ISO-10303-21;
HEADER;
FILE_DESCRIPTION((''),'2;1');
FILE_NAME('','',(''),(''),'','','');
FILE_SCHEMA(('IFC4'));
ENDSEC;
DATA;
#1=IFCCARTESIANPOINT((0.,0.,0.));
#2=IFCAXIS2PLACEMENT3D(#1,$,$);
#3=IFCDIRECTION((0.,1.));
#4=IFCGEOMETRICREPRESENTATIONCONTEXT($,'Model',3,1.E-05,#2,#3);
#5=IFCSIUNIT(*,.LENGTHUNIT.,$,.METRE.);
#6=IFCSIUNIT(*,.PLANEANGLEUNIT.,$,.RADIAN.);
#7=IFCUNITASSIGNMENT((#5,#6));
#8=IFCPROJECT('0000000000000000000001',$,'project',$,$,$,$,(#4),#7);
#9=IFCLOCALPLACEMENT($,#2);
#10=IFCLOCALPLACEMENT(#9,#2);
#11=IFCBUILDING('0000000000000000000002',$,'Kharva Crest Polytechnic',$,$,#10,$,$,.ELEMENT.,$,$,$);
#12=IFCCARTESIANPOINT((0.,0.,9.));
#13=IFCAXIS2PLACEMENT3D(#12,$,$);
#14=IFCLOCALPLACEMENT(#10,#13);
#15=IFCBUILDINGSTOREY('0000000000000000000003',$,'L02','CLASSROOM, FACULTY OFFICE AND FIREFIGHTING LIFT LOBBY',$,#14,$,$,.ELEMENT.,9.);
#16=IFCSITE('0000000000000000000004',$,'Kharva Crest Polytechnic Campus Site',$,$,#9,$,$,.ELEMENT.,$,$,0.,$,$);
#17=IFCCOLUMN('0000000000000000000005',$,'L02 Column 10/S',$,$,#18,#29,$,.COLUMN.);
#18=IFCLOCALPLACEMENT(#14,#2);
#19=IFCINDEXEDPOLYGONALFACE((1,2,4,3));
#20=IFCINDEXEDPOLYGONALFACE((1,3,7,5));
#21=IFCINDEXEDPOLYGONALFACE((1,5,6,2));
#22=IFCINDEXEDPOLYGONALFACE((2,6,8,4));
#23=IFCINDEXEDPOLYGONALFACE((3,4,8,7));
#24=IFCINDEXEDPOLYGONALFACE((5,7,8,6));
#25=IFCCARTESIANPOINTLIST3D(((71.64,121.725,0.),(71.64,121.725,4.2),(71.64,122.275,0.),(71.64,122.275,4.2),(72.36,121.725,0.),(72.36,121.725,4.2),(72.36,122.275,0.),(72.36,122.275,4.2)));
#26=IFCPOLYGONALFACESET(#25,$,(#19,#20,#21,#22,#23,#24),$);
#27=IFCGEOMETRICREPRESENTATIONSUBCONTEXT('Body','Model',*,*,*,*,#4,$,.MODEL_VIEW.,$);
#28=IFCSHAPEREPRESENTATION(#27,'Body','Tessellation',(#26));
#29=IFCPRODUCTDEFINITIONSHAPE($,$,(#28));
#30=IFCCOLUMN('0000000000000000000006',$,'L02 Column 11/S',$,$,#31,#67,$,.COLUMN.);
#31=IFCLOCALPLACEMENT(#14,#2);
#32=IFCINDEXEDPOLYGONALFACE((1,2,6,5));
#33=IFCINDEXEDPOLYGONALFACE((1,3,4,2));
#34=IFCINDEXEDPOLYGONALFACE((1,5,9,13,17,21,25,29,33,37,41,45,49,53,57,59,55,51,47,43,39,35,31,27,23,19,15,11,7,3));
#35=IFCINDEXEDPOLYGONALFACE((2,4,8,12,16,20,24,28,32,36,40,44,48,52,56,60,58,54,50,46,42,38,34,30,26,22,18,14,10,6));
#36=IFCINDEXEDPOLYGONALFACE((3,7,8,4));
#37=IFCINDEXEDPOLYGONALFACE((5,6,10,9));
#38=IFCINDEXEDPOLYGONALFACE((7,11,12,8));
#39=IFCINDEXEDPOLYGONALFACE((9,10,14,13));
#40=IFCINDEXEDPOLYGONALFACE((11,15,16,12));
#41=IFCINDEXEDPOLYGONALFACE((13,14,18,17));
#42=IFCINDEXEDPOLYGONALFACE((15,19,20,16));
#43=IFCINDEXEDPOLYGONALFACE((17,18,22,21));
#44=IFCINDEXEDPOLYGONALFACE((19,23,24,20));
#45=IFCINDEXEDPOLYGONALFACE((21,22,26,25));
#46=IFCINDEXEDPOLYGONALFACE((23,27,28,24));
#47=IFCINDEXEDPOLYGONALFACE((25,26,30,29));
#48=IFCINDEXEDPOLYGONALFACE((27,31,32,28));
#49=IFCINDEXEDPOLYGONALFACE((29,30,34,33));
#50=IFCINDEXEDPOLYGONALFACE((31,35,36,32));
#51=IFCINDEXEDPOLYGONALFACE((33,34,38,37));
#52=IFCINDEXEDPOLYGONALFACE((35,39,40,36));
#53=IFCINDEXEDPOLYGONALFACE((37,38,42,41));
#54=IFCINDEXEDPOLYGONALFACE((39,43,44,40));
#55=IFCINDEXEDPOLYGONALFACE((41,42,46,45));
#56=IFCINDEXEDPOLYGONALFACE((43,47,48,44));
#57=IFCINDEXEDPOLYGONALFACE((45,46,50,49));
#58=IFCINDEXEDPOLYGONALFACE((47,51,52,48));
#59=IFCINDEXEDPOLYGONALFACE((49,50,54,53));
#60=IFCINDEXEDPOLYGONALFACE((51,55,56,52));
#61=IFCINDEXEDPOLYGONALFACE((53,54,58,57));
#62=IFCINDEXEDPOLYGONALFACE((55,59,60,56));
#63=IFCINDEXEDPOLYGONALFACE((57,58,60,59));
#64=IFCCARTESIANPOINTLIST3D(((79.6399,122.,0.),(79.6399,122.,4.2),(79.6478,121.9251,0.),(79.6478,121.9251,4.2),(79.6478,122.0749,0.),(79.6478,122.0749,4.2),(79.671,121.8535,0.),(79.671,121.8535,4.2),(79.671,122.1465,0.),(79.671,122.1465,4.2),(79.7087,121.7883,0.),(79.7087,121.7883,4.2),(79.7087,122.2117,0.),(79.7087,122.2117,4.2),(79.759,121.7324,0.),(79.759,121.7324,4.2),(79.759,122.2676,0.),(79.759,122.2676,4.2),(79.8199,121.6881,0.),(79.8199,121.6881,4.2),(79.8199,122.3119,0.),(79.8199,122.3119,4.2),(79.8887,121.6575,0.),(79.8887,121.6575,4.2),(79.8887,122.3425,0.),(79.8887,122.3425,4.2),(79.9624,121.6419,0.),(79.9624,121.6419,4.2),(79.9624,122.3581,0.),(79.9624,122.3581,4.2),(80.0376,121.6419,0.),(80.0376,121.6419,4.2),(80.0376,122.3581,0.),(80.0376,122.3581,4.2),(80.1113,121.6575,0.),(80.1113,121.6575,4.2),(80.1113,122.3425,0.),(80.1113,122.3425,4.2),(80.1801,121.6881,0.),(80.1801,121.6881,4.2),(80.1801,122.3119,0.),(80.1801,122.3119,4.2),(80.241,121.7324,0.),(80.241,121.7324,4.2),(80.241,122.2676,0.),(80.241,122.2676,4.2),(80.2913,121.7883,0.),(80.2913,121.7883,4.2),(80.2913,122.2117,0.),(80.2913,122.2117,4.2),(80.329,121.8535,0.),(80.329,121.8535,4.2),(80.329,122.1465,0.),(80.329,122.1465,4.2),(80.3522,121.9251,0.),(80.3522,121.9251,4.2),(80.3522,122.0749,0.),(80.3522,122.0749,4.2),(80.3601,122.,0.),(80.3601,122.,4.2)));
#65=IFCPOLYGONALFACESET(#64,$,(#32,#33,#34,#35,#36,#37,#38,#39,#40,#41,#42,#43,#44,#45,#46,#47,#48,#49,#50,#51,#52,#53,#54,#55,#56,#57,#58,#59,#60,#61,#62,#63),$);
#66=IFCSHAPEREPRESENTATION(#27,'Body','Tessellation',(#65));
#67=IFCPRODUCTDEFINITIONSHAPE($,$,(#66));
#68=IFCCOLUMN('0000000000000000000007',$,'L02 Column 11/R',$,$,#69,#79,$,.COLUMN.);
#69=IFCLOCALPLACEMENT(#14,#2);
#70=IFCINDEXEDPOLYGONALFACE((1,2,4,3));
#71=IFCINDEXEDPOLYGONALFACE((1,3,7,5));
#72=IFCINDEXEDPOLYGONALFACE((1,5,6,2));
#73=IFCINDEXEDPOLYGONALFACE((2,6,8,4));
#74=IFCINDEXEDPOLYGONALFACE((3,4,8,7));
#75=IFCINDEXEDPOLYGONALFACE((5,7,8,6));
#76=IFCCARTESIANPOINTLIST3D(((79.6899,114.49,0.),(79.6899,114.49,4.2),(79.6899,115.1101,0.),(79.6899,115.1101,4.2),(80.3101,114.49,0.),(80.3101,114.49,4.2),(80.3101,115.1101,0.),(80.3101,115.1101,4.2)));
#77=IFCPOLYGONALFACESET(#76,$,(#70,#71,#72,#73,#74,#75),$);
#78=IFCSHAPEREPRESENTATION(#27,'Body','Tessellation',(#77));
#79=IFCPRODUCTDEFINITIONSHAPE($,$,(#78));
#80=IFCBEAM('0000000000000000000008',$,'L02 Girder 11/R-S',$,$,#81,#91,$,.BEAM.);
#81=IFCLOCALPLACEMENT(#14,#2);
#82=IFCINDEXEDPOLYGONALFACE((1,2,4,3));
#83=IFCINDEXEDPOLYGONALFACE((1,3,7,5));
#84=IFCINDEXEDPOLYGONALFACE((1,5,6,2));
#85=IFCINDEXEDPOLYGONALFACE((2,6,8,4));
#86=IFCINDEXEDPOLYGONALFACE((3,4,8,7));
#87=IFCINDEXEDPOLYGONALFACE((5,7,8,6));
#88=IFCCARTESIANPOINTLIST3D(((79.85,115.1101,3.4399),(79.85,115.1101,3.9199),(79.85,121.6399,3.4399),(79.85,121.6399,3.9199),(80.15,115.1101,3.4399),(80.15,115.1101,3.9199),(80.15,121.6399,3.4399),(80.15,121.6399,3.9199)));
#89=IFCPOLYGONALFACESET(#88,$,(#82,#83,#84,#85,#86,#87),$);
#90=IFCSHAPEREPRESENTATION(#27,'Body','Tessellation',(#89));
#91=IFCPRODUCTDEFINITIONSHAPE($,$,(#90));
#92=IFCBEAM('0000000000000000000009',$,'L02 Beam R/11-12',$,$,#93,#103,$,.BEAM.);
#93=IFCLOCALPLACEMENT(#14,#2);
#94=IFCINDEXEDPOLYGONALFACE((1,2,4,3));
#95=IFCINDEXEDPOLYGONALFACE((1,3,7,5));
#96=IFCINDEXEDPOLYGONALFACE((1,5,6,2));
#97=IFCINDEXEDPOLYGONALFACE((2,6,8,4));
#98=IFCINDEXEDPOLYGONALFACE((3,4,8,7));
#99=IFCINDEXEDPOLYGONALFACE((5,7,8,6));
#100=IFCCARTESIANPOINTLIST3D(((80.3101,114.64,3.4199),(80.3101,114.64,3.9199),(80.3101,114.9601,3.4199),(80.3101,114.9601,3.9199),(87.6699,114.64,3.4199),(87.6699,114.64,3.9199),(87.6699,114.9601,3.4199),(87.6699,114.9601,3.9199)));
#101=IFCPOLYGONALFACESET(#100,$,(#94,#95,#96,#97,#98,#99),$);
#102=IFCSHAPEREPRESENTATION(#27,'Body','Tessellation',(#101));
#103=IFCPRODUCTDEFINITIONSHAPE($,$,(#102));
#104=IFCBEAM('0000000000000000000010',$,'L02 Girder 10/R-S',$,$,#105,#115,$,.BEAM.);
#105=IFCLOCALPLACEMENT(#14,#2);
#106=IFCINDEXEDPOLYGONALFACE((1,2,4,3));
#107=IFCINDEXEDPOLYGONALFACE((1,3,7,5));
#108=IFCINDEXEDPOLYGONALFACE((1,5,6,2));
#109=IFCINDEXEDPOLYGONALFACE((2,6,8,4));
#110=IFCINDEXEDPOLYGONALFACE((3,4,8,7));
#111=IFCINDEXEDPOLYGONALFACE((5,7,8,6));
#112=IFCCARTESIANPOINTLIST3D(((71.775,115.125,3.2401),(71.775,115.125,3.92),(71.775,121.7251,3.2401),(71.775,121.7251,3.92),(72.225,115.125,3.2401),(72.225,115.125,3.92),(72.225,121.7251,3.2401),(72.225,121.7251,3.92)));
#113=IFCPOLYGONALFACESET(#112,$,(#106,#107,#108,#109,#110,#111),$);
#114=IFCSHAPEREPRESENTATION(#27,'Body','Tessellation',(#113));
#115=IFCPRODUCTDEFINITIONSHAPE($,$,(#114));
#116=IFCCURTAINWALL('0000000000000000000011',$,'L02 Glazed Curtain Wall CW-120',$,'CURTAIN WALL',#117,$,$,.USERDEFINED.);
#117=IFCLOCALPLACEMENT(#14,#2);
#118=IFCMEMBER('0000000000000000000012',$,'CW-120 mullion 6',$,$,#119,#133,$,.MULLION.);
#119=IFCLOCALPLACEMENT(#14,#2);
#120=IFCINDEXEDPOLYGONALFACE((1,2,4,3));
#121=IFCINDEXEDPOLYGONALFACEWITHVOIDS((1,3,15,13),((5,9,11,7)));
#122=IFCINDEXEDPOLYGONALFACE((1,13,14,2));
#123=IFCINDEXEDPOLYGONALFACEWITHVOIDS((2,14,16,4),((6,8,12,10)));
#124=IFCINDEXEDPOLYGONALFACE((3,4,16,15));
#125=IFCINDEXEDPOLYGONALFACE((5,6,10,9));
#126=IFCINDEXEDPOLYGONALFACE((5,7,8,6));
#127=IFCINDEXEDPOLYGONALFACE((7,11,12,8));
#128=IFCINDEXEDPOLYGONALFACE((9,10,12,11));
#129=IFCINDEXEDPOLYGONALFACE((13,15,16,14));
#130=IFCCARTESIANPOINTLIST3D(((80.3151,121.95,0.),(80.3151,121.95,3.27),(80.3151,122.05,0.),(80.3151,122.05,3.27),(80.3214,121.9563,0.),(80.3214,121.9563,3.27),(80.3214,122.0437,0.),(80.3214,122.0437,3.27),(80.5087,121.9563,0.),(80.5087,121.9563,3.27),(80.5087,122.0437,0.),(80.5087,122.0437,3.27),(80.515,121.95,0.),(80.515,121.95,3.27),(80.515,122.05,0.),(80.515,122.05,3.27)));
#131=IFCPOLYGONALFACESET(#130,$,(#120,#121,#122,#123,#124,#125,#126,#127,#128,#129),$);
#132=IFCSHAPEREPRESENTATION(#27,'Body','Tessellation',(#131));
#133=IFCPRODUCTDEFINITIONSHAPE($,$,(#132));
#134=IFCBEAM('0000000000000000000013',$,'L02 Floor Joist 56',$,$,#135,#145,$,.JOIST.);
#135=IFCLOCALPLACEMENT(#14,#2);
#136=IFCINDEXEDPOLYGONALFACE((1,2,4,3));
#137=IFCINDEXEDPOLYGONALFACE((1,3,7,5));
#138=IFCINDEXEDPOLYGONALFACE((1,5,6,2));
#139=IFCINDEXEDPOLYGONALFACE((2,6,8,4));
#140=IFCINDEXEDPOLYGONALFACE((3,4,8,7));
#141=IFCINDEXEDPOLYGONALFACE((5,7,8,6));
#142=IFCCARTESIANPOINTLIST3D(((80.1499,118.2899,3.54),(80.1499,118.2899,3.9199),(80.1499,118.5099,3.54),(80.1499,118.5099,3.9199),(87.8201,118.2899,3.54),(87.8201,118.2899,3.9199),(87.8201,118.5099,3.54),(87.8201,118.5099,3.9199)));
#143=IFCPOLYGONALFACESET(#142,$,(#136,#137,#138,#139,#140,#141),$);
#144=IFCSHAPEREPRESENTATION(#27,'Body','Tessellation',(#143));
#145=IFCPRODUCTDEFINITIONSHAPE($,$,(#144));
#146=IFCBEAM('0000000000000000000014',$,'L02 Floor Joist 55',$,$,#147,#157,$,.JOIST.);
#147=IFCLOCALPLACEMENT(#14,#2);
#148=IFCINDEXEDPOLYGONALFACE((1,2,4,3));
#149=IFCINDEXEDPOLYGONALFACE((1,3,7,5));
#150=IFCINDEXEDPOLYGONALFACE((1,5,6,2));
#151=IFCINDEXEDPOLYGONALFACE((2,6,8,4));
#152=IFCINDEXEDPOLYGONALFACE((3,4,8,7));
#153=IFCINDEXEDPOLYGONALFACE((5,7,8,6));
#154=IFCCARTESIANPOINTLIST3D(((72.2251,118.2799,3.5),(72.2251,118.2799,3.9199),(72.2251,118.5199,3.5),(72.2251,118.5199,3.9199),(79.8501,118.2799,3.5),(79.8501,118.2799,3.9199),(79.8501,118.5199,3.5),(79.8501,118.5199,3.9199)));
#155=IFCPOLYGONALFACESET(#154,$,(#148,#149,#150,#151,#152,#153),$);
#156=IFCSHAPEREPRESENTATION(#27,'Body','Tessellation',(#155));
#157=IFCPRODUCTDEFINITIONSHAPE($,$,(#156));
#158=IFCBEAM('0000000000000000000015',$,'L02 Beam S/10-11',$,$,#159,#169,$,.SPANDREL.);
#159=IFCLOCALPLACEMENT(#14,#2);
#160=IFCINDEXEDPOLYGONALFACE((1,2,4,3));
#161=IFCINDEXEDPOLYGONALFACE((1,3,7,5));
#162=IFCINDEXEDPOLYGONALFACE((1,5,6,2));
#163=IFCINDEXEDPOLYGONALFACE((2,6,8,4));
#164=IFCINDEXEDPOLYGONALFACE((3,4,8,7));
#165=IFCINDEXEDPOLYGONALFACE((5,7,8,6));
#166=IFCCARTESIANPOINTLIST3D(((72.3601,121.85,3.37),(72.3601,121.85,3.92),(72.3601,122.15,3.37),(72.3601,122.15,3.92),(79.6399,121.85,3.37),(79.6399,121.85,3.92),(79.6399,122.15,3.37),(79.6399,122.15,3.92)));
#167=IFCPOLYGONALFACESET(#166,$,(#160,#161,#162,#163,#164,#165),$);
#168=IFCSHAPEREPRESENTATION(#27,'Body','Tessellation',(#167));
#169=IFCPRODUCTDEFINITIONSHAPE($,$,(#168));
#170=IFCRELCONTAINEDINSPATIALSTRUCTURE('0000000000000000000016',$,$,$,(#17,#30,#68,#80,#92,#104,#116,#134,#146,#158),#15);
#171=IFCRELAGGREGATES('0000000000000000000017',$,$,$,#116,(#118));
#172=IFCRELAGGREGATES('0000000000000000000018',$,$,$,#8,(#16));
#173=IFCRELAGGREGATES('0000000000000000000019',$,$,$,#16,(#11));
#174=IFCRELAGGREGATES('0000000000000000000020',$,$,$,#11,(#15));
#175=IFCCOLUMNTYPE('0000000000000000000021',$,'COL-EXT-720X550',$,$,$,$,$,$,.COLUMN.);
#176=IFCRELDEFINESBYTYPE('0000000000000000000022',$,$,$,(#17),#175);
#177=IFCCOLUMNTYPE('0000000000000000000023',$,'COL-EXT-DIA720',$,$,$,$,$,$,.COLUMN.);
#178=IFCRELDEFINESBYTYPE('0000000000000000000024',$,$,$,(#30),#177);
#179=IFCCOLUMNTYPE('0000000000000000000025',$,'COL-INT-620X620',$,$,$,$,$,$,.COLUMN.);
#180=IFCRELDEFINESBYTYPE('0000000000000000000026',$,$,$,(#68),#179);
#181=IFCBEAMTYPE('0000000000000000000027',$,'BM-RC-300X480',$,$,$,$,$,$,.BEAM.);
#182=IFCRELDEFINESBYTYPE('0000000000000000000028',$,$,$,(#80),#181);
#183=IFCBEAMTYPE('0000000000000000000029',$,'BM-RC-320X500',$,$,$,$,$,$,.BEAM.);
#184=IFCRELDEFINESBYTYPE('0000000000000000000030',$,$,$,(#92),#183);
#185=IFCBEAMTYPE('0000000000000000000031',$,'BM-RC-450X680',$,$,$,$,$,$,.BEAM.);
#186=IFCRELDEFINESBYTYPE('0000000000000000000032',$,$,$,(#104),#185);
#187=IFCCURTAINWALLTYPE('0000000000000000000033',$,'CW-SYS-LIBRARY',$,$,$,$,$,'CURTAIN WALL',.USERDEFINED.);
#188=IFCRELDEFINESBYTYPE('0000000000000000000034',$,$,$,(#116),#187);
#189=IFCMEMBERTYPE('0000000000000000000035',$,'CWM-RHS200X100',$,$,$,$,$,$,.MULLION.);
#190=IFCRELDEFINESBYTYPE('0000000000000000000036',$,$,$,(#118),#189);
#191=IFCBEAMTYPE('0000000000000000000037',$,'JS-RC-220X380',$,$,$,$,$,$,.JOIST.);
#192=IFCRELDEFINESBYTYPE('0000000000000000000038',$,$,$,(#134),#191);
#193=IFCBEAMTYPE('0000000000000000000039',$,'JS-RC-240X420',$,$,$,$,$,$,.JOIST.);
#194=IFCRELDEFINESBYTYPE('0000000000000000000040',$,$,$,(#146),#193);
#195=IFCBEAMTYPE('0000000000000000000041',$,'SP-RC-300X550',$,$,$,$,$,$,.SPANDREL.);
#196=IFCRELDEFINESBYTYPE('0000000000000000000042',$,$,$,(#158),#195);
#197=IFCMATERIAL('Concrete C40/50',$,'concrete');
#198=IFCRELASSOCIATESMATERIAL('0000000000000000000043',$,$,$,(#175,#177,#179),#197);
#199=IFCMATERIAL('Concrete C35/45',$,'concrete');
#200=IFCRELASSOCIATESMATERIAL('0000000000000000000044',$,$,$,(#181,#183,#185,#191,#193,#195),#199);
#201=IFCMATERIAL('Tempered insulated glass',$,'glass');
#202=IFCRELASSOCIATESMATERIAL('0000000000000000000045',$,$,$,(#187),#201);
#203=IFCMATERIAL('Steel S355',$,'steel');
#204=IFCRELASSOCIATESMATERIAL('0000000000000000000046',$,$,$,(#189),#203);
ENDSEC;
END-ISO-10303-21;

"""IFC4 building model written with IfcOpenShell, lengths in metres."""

from ifc_helpers import new_model, si_unit, direction, frame, origin, origin_2d, place, context, subcontext, project, spatial, rectangle, hollow_rectangle, circle, extrude, material, material_profile, profile_set, type_object, element, aggregate, save


model = new_model("IFC4")

# Units and contexts
model_context = context("Model", 3, precision=1e-05, world=origin(), true_north=direction((0.0, 1.0)))
body_context = subcontext(model_context, "Body", "Model", "MODEL_VIEW")
ifc_project = project(units=[si_unit("LENGTHUNIT", "METRE"), si_unit("PLANEANGLEUNIT", "RADIAN")], contexts=[model_context])

# Site, building, storey
site_placement = place(None, origin())
site = spatial("IfcSite", under=ifc_project, at=site_placement, Name="Kharva Crest Polytechnic Campus Site", CompositionType="ELEMENT", RefElevation=0.0)
building_placement = place(site_placement, origin())
building = spatial("IfcBuilding", under=site, at=building_placement, Name="Kharva Crest Polytechnic", CompositionType="ELEMENT")
storey_placement = place(building_placement, frame((0.0, 0.0, 9.0)))
storey = spatial("IfcBuildingStorey", under=building, at=storey_placement, Name="L02", Description="CLASSROOM, FACULTY OFFICE AND FIREFIGHTING LIFT LOBBY", CompositionType="ELEMENT", Elevation=9.0)

# Columns
ifc_material_1 = material(Name="Concrete C40/50", Category="concrete")
ifc_material_profile_1 = material_profile(ifc_material_1, rectangle(XDim=0.72, YDim=0.55, at=origin_2d()), Name="RECT 720 X 550")
ifc_profile_set_1 = profile_set([ifc_material_profile_1], Name="Concrete C40/50")
column_type_1 = type_object("IfcColumnType", Name="COL-EXT-720X550", PredefinedType="COLUMN", material=ifc_profile_set_1)
column_1_placement = place(storey_placement, frame((72.0, 122.0, 0.0), z_axis=(0.0, 0.0, 1.0), x_axis=(1.0, 0.0, 0.0)))
element("IfcColumn", 1, at=column_1_placement, inside=storey, type_object=column_type_1, Name="L02 Column 10/S", PredefinedType="COLUMN", context=body_context, shape_type="SweptSolid", body=[
    extrude(rectangle(XDim=0.72, YDim=0.55, at=origin_2d()), origin(), (0.0, 0.0, 1.0), 4.2),
])
ifc_material_profile_2 = material_profile(ifc_material_1, circle(Radius=0.3601, at=origin_2d()), Name="DIA 720")
ifc_profile_set_2 = profile_set([ifc_material_profile_2], Name="Concrete C40/50")
column_type_2 = type_object("IfcColumnType", Name="COL-EXT-DIA720", PredefinedType="COLUMN", material=ifc_profile_set_2)
column_2_placement = place(storey_placement, frame((80.0, 122.0, 0.0), z_axis=(0.0, 0.0, 1.0), x_axis=(1.0, 0.0, 0.0)))
element("IfcColumn", 2, at=column_2_placement, inside=storey, type_object=column_type_2, Name="L02 Column 11/S", PredefinedType="COLUMN", context=body_context, shape_type="SweptSolid", body=[
    extrude(circle(Radius=0.3601, at=origin_2d()), origin(), (0.0, 0.0, 1.0), 4.2),
])
ifc_material_profile_3 = material_profile(ifc_material_1, rectangle(XDim=0.6201, YDim=0.6201, at=origin_2d()), Name="RECT 620 X 620")
ifc_profile_set_3 = profile_set([ifc_material_profile_3], Name="Concrete C40/50")
column_type_3 = type_object("IfcColumnType", Name="COL-INT-620X620", PredefinedType="COLUMN", material=ifc_profile_set_3)
column_3_placement = place(storey_placement, frame((80.0, 114.8, 0.0), z_axis=(0.0, 0.0, 1.0), x_axis=(1.0, 0.0, 0.0)))
element("IfcColumn", 3, at=column_3_placement, inside=storey, type_object=column_type_3, Name="L02 Column 11/R", PredefinedType="COLUMN", context=body_context, shape_type="SweptSolid", body=[
    extrude(rectangle(XDim=0.6201, YDim=0.6201, at=origin_2d()), origin(), (0.0, 0.0, 1.0), 4.2),
])

# Beams
ifc_material_2 = material(Name="Concrete C35/45", Category="concrete")
ifc_material_profile_4 = material_profile(ifc_material_2, rectangle(XDim=0.3, YDim=0.48, at=origin_2d()), Name="RECT 300 X 480")
ifc_profile_set_4 = profile_set([ifc_material_profile_4], Name="Concrete C35/45")
beam_type_1 = type_object("IfcBeamType", Name="BM-RC-300X480", PredefinedType="BEAM", material=ifc_profile_set_4)
beam_1_placement = place(storey_placement, frame((80.0, 115.1101, 3.6799), z_axis=(0.0, 1.0, 0.0), x_axis=(-1.0, 0.0, 0.0)))
element("IfcBeam", 4, at=beam_1_placement, inside=storey, type_object=beam_type_1, Name="L02 Girder 11/R-S", PredefinedType="BEAM", context=body_context, shape_type="SweptSolid", body=[
    extrude(rectangle(XDim=0.3, YDim=0.48, at=origin_2d()), origin(), (0.0, 0.0, 1.0), 6.5298),
])
ifc_material_profile_5 = material_profile(ifc_material_2, rectangle(XDim=0.3201, YDim=0.5, at=origin_2d()), Name="RECT 320 X 500")
ifc_profile_set_5 = profile_set([ifc_material_profile_5], Name="Concrete C35/45")
beam_type_2 = type_object("IfcBeamType", Name="BM-RC-320X500", PredefinedType="BEAM", material=ifc_profile_set_5)
beam_2_placement = place(storey_placement, frame((80.3101, 114.8, 3.6699), z_axis=(1.0, 0.0, 0.0), x_axis=(0.0, 1.0, 0.0)))
element("IfcBeam", 5, at=beam_2_placement, inside=storey, type_object=beam_type_2, Name="L02 Beam R/11-12", PredefinedType="BEAM", context=body_context, shape_type="SweptSolid", body=[
    extrude(rectangle(XDim=0.3201, YDim=0.5, at=origin_2d()), origin(), (0.0, 0.0, 1.0), 7.3599),
])
ifc_material_profile_6 = material_profile(ifc_material_2, rectangle(XDim=0.45, YDim=0.6799, at=origin_2d()), Name="RECT 450 X 680")
ifc_profile_set_6 = profile_set([ifc_material_profile_6], Name="Concrete C35/45")
beam_type_3 = type_object("IfcBeamType", Name="BM-RC-450X680", PredefinedType="BEAM", material=ifc_profile_set_6)
beam_3_placement = place(storey_placement, frame((72.0, 115.125, 3.5801), z_axis=(0.0, 1.0, 0.0), x_axis=(-1.0, 0.0, 0.0)))
element("IfcBeam", 6, at=beam_3_placement, inside=storey, type_object=beam_type_3, Name="L02 Girder 10/R-S", PredefinedType="BEAM", context=body_context, shape_type="SweptSolid", body=[
    extrude(rectangle(XDim=0.45, YDim=0.6799, at=origin_2d()), origin(), (0.0, 0.0, 1.0), 6.6001),
])

# Curtain wall, member
ifc_material_3 = material(Name="Tempered insulated glass", Category="glass")
curtain_wall_type = type_object("IfcCurtainWallType", Name="CW-SYS-LIBRARY", ElementType="CURTAIN WALL", PredefinedType="USERDEFINED", material=ifc_material_3)
curtain_wall_placement = place(storey_placement, origin())
curtain_wall = element("IfcCurtainWall", 7, at=curtain_wall_placement, inside=storey, type_object=curtain_wall_type, Name="L02 Glazed Curtain Wall CW-120", ObjectType="CURTAIN WALL", PredefinedType="USERDEFINED")
ifc_material_4 = material(Name="Steel S355", Category="steel")
ifc_material_profile_7 = material_profile(ifc_material_4, hollow_rectangle(XDim=0.1001, YDim=0.2, WallThickness=0.0063, at=origin_2d()), Name="RHS 200X100X6.3")
ifc_profile_set_7 = profile_set([ifc_material_profile_7], Name="Steel S355")
member_type = type_object("IfcMemberType", Name="CWM-RHS200X100", PredefinedType="MULLION", material=ifc_profile_set_7)
member_placement = place(storey_placement, frame((80.415, 122.0, 0.0), z_axis=(0.0, 0.0, 1.0), x_axis=(0.0, -1.0, 0.0)))
member = element("IfcMember", 8, at=member_placement, type_object=member_type, Name="CW-120 mullion 6", PredefinedType="MULLION", context=body_context, shape_type="SweptSolid", body=[
    extrude(hollow_rectangle(XDim=0.1001, YDim=0.2, WallThickness=0.0063, at=origin_2d()), origin(), (0.0, 0.0, 1.0), 3.27),
])
aggregate(curtain_wall, [member])

# Beams
ifc_material_profile_8 = material_profile(ifc_material_2, rectangle(XDim=0.22, YDim=0.3799, at=origin_2d()), Name="RECT 220 X 380")
ifc_profile_set_8 = profile_set([ifc_material_profile_8], Name="Concrete C35/45")
beam_type_4 = type_object("IfcBeamType", Name="JS-RC-220X380", PredefinedType="JOIST", material=ifc_profile_set_8)
beam_4_placement = place(storey_placement, frame((80.1499, 118.3999, 3.73), z_axis=(1.0, 0.0, 0.0), x_axis=(0.0, 1.0, 0.0)))
element("IfcBeam", 9, at=beam_4_placement, inside=storey, type_object=beam_type_4, Name="L02 Floor Joist 56", PredefinedType="JOIST", context=body_context, shape_type="SweptSolid", body=[
    extrude(rectangle(XDim=0.22, YDim=0.3799, at=origin_2d()), origin(), (0.0, 0.0, 1.0), 7.6702),
])
ifc_material_profile_9 = material_profile(ifc_material_2, rectangle(XDim=0.24, YDim=0.4199, at=origin_2d()), Name="RECT 240 X 420")
ifc_profile_set_9 = profile_set([ifc_material_profile_9], Name="Concrete C35/45")
beam_type_5 = type_object("IfcBeamType", Name="JS-RC-240X420", PredefinedType="JOIST", material=ifc_profile_set_9)
beam_5_placement = place(storey_placement, frame((72.2251, 118.3999, 3.71), z_axis=(1.0, 0.0, 0.0), x_axis=(0.0, 1.0, 0.0)))
element("IfcBeam", 10, at=beam_5_placement, inside=storey, type_object=beam_type_5, Name="L02 Floor Joist 55", PredefinedType="JOIST", context=body_context, shape_type="SweptSolid", body=[
    extrude(rectangle(XDim=0.24, YDim=0.4199, at=origin_2d()), origin(), (0.0, 0.0, 1.0), 7.625),
])
ifc_material_profile_10 = material_profile(ifc_material_2, rectangle(XDim=0.3, YDim=0.55, at=origin_2d()), Name="RECT 300 X 550")
ifc_profile_set_10 = profile_set([ifc_material_profile_10], Name="Concrete C35/45")
beam_type_6 = type_object("IfcBeamType", Name="SP-RC-300X550", PredefinedType="SPANDREL", material=ifc_profile_set_10)
beam_6_placement = place(storey_placement, frame((72.3601, 122.0, 3.645), z_axis=(1.0, 0.0, 0.0), x_axis=(0.0, 1.0, 0.0)))
element("IfcBeam", 11, at=beam_6_placement, inside=storey, type_object=beam_type_6, Name="L02 Beam S/10-11", PredefinedType="SPANDREL", context=body_context, shape_type="SweptSolid", body=[
    extrude(rectangle(XDim=0.3, YDim=0.55, at=origin_2d()), origin(), (0.0, 0.0, 1.0), 7.2798),
])

save(model, "model.ifc")
